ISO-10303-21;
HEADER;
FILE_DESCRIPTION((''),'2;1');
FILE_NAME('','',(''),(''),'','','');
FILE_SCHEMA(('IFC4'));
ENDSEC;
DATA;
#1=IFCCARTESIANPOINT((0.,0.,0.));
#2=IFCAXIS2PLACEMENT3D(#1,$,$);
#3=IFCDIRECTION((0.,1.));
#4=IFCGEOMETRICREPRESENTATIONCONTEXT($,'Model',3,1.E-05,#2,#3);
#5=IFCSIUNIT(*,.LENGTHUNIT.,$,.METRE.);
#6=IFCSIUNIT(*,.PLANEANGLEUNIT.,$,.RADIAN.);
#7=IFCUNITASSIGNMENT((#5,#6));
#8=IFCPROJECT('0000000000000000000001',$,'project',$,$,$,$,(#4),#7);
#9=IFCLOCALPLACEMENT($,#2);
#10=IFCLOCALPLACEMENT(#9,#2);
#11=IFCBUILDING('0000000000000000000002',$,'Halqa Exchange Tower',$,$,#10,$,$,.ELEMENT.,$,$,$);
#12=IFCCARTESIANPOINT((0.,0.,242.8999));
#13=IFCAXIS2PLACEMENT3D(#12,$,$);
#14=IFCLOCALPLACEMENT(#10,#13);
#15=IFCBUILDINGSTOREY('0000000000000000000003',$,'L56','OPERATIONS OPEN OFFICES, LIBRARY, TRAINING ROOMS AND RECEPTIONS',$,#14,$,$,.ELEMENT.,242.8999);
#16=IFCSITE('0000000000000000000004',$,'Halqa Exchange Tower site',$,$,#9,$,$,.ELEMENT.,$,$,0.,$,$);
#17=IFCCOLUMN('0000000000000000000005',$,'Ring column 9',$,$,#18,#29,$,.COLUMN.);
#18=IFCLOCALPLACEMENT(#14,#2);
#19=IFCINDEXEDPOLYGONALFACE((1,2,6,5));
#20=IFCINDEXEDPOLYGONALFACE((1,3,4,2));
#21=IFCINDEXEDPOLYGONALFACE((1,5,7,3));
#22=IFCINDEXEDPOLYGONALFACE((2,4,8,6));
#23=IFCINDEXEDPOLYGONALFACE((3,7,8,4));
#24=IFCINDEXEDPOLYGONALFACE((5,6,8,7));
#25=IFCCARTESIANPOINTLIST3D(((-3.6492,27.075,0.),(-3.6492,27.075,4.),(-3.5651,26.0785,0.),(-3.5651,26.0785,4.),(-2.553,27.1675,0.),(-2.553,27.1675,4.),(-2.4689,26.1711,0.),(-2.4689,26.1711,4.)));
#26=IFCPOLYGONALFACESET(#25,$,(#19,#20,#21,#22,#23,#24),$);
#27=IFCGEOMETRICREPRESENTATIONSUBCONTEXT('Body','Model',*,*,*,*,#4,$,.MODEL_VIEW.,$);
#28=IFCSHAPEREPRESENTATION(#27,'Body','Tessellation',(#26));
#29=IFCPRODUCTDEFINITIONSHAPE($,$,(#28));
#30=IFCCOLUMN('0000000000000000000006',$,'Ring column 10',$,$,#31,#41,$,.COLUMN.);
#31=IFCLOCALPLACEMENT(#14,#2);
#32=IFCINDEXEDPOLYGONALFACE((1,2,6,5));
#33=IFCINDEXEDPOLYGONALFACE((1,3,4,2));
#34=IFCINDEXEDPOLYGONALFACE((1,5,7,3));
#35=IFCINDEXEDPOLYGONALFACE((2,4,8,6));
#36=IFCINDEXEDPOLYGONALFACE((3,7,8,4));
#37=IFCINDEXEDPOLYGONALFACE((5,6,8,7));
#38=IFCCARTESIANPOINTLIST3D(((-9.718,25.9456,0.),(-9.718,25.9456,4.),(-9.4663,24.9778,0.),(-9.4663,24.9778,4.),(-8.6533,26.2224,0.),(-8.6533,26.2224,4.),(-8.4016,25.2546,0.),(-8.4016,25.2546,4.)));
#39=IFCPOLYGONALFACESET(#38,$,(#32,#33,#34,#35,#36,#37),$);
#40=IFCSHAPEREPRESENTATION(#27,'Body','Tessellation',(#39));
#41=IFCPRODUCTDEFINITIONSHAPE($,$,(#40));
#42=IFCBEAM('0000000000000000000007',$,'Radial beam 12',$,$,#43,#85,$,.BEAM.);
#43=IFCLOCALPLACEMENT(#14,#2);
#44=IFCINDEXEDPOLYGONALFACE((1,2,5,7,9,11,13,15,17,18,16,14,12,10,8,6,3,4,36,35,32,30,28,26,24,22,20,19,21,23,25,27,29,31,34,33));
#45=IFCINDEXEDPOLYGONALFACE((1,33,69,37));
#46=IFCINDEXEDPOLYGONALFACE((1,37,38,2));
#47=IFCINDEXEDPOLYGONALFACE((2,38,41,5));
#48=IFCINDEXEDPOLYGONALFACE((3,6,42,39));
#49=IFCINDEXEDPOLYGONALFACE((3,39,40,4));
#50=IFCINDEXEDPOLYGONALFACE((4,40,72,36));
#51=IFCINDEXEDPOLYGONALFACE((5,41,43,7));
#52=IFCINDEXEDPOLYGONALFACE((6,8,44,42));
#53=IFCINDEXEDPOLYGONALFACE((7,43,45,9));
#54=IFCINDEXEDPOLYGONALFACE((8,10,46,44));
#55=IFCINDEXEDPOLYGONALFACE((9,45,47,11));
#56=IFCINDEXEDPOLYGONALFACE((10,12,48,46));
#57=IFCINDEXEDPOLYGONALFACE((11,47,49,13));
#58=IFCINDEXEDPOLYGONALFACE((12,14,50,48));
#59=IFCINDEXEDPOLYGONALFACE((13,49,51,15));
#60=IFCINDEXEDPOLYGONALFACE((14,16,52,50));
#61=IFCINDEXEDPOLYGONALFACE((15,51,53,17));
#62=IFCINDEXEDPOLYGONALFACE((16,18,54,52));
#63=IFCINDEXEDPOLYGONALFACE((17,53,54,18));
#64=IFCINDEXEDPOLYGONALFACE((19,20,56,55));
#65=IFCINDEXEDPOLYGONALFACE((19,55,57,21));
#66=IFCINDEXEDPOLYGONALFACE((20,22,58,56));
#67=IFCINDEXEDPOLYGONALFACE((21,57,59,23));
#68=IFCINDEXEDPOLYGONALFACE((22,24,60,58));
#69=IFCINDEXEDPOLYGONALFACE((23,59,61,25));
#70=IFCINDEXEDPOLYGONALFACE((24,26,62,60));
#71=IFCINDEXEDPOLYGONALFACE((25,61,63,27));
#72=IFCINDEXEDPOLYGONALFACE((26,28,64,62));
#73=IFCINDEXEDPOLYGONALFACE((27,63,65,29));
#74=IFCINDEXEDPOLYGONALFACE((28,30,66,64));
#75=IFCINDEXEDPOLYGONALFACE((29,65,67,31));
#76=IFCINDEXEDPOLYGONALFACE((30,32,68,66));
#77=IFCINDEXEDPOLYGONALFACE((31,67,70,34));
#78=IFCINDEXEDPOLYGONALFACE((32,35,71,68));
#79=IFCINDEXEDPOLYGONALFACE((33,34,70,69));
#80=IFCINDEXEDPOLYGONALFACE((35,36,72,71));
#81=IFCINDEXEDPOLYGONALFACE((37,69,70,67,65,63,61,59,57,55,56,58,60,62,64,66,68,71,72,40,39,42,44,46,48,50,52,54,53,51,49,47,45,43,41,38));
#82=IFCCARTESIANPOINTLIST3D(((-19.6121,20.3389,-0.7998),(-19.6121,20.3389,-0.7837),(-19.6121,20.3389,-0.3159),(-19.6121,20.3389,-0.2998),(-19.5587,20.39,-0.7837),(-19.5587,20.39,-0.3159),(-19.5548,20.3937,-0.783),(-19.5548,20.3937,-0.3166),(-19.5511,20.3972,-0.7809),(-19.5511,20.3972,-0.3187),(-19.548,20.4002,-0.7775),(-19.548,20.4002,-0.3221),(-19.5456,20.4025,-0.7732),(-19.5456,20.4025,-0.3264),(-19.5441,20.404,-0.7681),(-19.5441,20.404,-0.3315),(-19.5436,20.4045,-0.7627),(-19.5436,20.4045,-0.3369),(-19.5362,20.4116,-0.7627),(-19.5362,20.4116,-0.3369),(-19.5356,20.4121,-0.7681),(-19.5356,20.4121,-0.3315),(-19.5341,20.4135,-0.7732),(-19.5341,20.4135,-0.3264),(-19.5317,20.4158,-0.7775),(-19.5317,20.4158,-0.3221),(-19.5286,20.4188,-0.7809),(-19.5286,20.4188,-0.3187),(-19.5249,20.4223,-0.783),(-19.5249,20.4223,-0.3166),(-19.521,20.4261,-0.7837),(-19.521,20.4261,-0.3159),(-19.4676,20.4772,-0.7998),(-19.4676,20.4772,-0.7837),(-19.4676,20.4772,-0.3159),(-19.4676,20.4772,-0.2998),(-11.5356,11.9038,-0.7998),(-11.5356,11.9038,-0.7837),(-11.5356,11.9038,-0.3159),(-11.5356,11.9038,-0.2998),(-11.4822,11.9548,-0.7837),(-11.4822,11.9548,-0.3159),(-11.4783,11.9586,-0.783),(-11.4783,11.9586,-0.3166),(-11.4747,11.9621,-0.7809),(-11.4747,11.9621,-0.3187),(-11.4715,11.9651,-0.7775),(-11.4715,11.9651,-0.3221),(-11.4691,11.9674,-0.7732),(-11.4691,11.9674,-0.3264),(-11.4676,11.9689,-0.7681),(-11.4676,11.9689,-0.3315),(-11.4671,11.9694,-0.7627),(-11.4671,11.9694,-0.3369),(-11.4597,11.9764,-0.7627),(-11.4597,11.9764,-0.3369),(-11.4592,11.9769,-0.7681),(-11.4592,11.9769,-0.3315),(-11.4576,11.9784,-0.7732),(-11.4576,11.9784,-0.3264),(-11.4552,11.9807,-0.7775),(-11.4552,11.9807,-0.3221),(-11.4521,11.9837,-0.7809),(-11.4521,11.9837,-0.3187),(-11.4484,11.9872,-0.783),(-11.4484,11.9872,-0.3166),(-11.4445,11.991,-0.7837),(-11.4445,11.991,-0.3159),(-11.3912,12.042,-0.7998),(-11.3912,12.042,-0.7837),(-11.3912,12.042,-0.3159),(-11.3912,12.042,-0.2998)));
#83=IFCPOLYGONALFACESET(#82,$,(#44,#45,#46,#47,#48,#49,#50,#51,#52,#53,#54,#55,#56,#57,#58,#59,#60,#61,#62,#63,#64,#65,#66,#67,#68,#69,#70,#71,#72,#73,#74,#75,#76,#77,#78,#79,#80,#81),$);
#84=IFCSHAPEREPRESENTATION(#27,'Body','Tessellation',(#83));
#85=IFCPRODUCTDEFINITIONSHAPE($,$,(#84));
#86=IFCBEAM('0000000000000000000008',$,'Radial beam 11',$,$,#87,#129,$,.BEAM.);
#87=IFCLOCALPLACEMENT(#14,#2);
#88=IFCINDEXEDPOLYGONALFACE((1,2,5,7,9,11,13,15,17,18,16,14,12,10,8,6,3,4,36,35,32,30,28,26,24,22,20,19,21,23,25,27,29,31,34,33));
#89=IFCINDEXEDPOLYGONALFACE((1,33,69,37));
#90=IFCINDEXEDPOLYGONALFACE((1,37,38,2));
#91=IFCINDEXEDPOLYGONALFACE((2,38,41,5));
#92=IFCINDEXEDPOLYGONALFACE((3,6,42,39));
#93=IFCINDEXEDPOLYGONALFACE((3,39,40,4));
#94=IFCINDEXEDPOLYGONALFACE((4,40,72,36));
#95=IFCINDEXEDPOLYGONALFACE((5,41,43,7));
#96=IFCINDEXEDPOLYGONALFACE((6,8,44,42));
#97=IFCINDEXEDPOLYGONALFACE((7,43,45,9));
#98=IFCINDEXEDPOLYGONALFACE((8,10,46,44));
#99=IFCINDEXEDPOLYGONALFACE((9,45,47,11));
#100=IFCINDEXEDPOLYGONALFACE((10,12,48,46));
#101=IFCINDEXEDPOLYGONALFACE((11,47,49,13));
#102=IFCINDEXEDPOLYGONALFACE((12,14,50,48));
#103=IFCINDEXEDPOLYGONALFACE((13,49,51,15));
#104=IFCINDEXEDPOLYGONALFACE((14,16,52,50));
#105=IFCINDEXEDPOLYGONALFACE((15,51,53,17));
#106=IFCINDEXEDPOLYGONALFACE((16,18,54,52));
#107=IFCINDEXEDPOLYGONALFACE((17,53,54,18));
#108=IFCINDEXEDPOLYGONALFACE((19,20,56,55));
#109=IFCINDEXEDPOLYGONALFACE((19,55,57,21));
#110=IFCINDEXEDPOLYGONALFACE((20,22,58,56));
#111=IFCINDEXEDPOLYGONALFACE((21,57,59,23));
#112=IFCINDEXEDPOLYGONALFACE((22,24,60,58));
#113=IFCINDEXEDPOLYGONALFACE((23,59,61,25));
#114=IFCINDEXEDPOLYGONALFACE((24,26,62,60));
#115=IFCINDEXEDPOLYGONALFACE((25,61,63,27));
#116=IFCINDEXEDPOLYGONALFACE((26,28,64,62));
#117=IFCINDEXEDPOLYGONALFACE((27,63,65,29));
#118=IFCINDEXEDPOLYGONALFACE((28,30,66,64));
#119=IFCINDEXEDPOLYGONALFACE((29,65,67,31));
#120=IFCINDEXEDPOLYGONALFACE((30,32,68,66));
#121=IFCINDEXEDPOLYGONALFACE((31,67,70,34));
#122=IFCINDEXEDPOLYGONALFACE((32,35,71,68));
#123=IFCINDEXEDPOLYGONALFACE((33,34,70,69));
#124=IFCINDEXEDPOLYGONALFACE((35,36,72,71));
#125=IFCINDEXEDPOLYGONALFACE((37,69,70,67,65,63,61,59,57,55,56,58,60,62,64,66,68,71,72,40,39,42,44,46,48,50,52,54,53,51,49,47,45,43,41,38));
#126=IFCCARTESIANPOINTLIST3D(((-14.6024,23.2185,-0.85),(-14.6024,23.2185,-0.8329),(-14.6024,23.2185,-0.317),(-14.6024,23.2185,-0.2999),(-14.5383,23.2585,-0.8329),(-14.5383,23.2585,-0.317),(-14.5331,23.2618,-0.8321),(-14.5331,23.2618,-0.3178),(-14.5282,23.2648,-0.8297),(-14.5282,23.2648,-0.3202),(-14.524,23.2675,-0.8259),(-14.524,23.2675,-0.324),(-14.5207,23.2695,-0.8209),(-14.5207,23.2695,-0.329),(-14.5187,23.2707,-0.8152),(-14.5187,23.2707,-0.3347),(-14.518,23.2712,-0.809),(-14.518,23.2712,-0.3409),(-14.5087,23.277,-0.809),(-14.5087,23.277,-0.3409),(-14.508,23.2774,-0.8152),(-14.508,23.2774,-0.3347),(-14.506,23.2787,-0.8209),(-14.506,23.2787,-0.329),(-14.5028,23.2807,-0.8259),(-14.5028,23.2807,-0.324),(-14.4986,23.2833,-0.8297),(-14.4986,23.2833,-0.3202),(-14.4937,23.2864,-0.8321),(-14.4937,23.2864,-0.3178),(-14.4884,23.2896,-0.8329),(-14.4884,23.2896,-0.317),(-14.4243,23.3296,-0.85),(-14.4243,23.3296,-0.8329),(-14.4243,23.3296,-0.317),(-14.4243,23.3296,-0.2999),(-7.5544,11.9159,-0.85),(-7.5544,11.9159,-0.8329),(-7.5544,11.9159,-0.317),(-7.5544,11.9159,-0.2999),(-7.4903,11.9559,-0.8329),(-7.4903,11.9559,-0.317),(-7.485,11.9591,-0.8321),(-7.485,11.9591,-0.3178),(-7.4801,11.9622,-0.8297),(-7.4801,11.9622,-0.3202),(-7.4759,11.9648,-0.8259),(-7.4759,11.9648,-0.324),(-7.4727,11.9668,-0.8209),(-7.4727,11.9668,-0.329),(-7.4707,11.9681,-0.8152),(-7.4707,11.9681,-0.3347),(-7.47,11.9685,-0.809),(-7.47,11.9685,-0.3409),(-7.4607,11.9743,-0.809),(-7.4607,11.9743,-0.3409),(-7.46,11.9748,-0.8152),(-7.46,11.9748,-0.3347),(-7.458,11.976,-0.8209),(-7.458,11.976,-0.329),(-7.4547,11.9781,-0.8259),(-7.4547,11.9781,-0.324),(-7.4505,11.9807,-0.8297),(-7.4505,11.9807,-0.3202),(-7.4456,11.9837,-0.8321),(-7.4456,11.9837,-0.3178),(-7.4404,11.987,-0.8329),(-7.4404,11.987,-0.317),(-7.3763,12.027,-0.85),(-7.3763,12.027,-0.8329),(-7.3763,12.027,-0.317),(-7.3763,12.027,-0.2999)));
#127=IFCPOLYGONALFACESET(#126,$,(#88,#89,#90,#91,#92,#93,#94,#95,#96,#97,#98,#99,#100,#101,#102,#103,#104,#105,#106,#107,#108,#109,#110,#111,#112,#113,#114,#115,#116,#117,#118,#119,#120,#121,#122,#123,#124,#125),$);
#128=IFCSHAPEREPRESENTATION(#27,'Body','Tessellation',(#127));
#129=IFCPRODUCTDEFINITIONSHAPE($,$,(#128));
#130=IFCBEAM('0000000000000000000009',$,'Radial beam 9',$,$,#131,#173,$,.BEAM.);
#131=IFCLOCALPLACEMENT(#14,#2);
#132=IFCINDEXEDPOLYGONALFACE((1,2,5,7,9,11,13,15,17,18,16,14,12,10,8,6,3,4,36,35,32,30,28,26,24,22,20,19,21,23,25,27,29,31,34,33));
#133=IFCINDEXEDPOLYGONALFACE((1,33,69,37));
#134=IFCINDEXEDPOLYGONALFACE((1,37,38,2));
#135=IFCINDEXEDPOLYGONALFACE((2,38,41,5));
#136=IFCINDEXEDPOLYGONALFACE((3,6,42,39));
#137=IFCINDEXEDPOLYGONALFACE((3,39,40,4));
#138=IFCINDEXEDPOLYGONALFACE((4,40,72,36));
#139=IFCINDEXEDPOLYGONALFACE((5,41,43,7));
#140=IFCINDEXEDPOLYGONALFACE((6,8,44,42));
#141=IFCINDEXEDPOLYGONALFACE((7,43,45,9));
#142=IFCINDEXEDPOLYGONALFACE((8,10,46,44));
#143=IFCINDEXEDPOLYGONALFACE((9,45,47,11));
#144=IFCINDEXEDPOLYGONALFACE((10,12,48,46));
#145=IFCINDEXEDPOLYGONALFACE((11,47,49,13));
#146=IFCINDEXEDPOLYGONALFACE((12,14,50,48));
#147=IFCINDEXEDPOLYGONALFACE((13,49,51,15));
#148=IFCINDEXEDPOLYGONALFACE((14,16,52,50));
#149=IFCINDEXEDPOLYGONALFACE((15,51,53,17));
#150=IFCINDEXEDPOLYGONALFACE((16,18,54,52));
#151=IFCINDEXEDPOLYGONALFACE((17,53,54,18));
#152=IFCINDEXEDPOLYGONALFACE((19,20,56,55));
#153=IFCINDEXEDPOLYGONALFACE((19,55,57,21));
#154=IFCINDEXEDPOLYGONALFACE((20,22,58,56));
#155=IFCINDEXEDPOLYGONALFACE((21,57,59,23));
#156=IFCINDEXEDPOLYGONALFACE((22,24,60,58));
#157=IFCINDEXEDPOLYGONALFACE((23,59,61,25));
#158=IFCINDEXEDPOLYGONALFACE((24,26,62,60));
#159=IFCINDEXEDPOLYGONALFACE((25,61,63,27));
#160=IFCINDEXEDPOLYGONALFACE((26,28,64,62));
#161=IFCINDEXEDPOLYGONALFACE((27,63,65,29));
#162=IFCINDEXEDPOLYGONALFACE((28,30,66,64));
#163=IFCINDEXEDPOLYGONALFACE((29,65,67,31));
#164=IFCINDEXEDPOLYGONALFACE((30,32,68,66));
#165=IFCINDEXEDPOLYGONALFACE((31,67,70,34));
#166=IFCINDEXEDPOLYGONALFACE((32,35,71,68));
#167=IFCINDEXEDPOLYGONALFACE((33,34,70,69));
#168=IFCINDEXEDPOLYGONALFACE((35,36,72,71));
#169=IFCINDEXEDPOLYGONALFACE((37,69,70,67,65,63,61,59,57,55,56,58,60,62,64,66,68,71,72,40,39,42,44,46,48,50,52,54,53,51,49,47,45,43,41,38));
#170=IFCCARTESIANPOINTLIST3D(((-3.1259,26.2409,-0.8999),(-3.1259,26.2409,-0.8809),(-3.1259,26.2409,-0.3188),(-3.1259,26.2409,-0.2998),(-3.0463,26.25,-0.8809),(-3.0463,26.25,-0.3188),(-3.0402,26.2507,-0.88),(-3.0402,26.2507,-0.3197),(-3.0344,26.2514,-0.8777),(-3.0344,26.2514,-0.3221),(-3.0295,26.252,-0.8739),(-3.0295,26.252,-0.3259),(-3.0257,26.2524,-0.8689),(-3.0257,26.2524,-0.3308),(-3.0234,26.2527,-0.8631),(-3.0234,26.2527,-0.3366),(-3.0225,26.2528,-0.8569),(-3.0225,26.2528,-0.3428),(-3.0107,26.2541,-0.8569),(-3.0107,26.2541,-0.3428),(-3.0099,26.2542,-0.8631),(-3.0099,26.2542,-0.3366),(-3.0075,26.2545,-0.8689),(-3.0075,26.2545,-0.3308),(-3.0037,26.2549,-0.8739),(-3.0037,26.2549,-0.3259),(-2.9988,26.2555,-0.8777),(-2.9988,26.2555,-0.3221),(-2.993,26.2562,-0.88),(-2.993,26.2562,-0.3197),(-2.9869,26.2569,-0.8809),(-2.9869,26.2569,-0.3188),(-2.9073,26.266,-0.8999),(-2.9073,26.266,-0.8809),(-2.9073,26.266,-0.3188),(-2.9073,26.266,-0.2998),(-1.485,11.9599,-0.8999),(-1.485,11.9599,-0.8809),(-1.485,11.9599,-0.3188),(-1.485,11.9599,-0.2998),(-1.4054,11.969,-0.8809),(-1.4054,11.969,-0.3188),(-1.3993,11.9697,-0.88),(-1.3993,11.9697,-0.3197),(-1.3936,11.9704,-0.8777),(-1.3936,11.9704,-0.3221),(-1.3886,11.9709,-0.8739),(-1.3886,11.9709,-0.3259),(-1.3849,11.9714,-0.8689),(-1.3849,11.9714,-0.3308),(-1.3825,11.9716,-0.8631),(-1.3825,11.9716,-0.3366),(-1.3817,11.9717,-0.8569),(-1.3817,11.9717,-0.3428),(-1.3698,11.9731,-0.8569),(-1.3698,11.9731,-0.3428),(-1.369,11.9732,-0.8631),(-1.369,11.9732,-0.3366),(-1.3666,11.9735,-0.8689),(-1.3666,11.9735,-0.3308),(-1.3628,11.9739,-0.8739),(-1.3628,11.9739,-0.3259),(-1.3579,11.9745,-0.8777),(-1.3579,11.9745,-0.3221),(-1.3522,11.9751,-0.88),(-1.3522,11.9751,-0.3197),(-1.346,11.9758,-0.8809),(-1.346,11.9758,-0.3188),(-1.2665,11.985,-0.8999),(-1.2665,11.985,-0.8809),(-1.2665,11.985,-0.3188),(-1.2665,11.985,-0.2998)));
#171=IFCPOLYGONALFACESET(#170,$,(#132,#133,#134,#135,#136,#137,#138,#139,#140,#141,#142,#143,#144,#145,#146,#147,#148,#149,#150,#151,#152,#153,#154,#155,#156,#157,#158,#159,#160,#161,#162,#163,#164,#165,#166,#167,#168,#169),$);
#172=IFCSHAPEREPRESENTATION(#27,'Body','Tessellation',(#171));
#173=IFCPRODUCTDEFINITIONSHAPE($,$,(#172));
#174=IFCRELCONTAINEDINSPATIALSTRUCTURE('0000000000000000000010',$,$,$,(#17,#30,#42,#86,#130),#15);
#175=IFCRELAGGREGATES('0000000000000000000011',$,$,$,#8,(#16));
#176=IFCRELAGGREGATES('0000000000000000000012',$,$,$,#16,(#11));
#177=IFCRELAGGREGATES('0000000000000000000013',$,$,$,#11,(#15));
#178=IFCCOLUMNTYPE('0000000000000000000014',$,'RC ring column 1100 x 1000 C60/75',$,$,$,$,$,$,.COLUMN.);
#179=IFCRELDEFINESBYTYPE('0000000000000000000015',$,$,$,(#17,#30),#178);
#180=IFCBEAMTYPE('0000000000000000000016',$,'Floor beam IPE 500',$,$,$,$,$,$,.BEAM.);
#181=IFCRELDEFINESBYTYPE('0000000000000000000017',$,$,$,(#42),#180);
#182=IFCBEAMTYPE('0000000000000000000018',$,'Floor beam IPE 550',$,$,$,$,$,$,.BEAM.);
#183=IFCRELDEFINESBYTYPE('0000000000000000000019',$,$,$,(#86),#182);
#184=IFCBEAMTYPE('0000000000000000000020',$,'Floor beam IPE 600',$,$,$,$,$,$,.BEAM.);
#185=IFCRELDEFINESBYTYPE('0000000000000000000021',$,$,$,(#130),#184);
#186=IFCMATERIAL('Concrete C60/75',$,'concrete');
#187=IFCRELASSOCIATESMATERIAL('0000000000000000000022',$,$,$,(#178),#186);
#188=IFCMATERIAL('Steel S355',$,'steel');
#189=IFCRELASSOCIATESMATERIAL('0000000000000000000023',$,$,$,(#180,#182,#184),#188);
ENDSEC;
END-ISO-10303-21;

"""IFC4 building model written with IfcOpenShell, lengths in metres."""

from ifc_helpers import new_model, si_unit, direction, frame, origin, origin_2d, place, context, subcontext, project, spatial, rectangle, i_section, extrude, material, material_profile, profile_set, type_object, element, save


model = new_model("IFC4")

# Units and contexts
model_context = context("Model", 3, precision=1e-05, world=origin(), true_north=direction((0.0, 1.0)))
body_context = subcontext(model_context, "Body", "Model", "MODEL_VIEW")
ifc_project = project(units=[si_unit("LENGTHUNIT", "METRE"), si_unit("PLANEANGLEUNIT", "RADIAN")], contexts=[model_context])

# Site, building, storey
site_placement = place(None, origin())
site = spatial("IfcSite", under=ifc_project, at=site_placement, Name="Halqa Exchange Tower site", CompositionType="ELEMENT", RefElevation=0.0)
building_placement = place(site_placement, origin())
building = spatial("IfcBuilding", under=site, at=building_placement, Name="Halqa Exchange Tower", CompositionType="ELEMENT")
storey_placement = place(building_placement, frame((0.0, 0.0, 242.8999)))
storey = spatial("IfcBuildingStorey", under=building, at=storey_placement, Name="L56", Description="OPERATIONS OPEN OFFICES, LIBRARY, TRAINING ROOMS AND RECEPTIONS", CompositionType="ELEMENT", Elevation=242.8999)

# Columns
ifc_material_1 = material(Name="Concrete C60/75", Category="concrete")
ifc_material_profile_1 = material_profile(ifc_material_1, rectangle(XDim=1.1001, YDim=1.0, at=origin_2d()), Name="1100 x 1000")
ifc_profile_set_1 = profile_set([ifc_material_profile_1], Name="Concrete C60/75")
column_type = type_object("IfcColumnType", Name="RC ring column 1100 x 1000 C60/75", PredefinedType="COLUMN", material=ifc_profile_set_1)
for number, where, z_axis, x_axis, name in (
    (1, (-3.0591, 26.623, 0.0), (0.0, 0.0, 1.0), (-0.996456, -0.084121, 0.0), "Ring column 9"),
    (2, (-9.0598, 25.6001, 0.0), (0.0, 0.0, 1.0), (-0.96782, -0.251645, 0.0), "Ring column 10"),
):
    element("IfcColumn", number, at=place(storey_placement, frame(where, z_axis=z_axis, x_axis=x_axis)), inside=storey, type_object=column_type, Name=name, PredefinedType="COLUMN", context=body_context, shape_type="SweptSolid", body=[
        extrude(rectangle(XDim=1.1001, YDim=1.0, at=origin_2d()), origin(), (0.0, 0.0, 1.0), 4.0),
    ])

# Beams
ifc_material_2 = material(Name="Steel S355", Category="steel")
ifc_material_profile_2 = material_profile(ifc_material_2, i_section(OverallWidth=0.2, OverallDepth=0.5, WebThickness=0.0103, FlangeThickness=0.0161, FilletRadius=0.021, at=origin_2d()), Name="IPE 500")
ifc_profile_set_2 = profile_set([ifc_material_profile_2], Name="Steel S355")
beam_type_1 = type_object("IfcBeamType", Name="Floor beam IPE 500", PredefinedType="BEAM", material=ifc_profile_set_2)
beam_1_placement = place(storey_placement, frame((-11.4634, 11.9729, -0.5498), z_axis=(-0.691585, 0.722295, 0.0), x_axis=(-0.722295, -0.691585, 0.0)))
element("IfcBeam", 3, at=beam_1_placement, inside=storey, type_object=beam_type_1, Name="Radial beam 12", PredefinedType="BEAM", context=body_context, shape_type="SweptSolid", body=[
    extrude(i_section(OverallWidth=0.2, OverallDepth=0.5, WebThickness=0.0103, FlangeThickness=0.0161, FilletRadius=0.021, at=origin_2d()), origin(), (0.0, 0.0, 1.0), 11.6782),
])
ifc_material_profile_3 = material_profile(ifc_material_2, i_section(OverallWidth=0.21, OverallDepth=0.55, WebThickness=0.011, FlangeThickness=0.0171, FilletRadius=0.0239, at=origin_2d()), Name="IPE 550")
ifc_profile_set_3 = profile_set([ifc_material_profile_3], Name="Steel S355")
beam_type_2 = type_object("IfcBeamType", Name="Floor beam IPE 550", PredefinedType="BEAM", material=ifc_profile_set_3)
beam_2_placement = place(storey_placement, frame((-7.4653, 11.9714, -0.575), z_axis=(-0.529129, 0.848542, 0.0), x_axis=(-0.848542, -0.529129, 0.0)))
element("IfcBeam", 4, at=beam_2_placement, inside=storey, type_object=beam_type_2, Name="Radial beam 11", PredefinedType="BEAM", context=body_context, shape_type="SweptSolid", body=[
    extrude(i_section(OverallWidth=0.21, OverallDepth=0.55, WebThickness=0.011, FlangeThickness=0.0171, FilletRadius=0.0239, at=origin_2d()), origin(), (0.0, 0.0, 1.0), 13.3201),
])
ifc_material_profile_4 = material_profile(ifc_material_2, i_section(OverallWidth=0.22, OverallDepth=0.6001, WebThickness=0.012, FlangeThickness=0.019, FilletRadius=0.0239, at=origin_2d()), Name="IPE 600")
ifc_profile_set_4 = profile_set([ifc_material_profile_4], Name="Steel S355")
beam_type_3 = type_object("IfcBeamType", Name="Floor beam IPE 600", PredefinedType="BEAM", material=ifc_profile_set_4)
beam_3_placement = place(storey_placement, frame((-1.3757, 11.9724, -0.5999), z_axis=(-0.114148, 0.993464, 0.0), x_axis=(-0.993464, -0.114148, 0.0)))
element("IfcBeam", 5, at=beam_3_placement, inside=storey, type_object=beam_type_3, Name="Radial beam 9", PredefinedType="BEAM", context=body_context, shape_type="SweptSolid", body=[
    extrude(i_section(OverallWidth=0.22, OverallDepth=0.6001, WebThickness=0.012, FlangeThickness=0.019, FilletRadius=0.0239, at=origin_2d()), origin(), (0.0, 0.0, 1.0), 14.375),
])

save(model, "model.ifc")
